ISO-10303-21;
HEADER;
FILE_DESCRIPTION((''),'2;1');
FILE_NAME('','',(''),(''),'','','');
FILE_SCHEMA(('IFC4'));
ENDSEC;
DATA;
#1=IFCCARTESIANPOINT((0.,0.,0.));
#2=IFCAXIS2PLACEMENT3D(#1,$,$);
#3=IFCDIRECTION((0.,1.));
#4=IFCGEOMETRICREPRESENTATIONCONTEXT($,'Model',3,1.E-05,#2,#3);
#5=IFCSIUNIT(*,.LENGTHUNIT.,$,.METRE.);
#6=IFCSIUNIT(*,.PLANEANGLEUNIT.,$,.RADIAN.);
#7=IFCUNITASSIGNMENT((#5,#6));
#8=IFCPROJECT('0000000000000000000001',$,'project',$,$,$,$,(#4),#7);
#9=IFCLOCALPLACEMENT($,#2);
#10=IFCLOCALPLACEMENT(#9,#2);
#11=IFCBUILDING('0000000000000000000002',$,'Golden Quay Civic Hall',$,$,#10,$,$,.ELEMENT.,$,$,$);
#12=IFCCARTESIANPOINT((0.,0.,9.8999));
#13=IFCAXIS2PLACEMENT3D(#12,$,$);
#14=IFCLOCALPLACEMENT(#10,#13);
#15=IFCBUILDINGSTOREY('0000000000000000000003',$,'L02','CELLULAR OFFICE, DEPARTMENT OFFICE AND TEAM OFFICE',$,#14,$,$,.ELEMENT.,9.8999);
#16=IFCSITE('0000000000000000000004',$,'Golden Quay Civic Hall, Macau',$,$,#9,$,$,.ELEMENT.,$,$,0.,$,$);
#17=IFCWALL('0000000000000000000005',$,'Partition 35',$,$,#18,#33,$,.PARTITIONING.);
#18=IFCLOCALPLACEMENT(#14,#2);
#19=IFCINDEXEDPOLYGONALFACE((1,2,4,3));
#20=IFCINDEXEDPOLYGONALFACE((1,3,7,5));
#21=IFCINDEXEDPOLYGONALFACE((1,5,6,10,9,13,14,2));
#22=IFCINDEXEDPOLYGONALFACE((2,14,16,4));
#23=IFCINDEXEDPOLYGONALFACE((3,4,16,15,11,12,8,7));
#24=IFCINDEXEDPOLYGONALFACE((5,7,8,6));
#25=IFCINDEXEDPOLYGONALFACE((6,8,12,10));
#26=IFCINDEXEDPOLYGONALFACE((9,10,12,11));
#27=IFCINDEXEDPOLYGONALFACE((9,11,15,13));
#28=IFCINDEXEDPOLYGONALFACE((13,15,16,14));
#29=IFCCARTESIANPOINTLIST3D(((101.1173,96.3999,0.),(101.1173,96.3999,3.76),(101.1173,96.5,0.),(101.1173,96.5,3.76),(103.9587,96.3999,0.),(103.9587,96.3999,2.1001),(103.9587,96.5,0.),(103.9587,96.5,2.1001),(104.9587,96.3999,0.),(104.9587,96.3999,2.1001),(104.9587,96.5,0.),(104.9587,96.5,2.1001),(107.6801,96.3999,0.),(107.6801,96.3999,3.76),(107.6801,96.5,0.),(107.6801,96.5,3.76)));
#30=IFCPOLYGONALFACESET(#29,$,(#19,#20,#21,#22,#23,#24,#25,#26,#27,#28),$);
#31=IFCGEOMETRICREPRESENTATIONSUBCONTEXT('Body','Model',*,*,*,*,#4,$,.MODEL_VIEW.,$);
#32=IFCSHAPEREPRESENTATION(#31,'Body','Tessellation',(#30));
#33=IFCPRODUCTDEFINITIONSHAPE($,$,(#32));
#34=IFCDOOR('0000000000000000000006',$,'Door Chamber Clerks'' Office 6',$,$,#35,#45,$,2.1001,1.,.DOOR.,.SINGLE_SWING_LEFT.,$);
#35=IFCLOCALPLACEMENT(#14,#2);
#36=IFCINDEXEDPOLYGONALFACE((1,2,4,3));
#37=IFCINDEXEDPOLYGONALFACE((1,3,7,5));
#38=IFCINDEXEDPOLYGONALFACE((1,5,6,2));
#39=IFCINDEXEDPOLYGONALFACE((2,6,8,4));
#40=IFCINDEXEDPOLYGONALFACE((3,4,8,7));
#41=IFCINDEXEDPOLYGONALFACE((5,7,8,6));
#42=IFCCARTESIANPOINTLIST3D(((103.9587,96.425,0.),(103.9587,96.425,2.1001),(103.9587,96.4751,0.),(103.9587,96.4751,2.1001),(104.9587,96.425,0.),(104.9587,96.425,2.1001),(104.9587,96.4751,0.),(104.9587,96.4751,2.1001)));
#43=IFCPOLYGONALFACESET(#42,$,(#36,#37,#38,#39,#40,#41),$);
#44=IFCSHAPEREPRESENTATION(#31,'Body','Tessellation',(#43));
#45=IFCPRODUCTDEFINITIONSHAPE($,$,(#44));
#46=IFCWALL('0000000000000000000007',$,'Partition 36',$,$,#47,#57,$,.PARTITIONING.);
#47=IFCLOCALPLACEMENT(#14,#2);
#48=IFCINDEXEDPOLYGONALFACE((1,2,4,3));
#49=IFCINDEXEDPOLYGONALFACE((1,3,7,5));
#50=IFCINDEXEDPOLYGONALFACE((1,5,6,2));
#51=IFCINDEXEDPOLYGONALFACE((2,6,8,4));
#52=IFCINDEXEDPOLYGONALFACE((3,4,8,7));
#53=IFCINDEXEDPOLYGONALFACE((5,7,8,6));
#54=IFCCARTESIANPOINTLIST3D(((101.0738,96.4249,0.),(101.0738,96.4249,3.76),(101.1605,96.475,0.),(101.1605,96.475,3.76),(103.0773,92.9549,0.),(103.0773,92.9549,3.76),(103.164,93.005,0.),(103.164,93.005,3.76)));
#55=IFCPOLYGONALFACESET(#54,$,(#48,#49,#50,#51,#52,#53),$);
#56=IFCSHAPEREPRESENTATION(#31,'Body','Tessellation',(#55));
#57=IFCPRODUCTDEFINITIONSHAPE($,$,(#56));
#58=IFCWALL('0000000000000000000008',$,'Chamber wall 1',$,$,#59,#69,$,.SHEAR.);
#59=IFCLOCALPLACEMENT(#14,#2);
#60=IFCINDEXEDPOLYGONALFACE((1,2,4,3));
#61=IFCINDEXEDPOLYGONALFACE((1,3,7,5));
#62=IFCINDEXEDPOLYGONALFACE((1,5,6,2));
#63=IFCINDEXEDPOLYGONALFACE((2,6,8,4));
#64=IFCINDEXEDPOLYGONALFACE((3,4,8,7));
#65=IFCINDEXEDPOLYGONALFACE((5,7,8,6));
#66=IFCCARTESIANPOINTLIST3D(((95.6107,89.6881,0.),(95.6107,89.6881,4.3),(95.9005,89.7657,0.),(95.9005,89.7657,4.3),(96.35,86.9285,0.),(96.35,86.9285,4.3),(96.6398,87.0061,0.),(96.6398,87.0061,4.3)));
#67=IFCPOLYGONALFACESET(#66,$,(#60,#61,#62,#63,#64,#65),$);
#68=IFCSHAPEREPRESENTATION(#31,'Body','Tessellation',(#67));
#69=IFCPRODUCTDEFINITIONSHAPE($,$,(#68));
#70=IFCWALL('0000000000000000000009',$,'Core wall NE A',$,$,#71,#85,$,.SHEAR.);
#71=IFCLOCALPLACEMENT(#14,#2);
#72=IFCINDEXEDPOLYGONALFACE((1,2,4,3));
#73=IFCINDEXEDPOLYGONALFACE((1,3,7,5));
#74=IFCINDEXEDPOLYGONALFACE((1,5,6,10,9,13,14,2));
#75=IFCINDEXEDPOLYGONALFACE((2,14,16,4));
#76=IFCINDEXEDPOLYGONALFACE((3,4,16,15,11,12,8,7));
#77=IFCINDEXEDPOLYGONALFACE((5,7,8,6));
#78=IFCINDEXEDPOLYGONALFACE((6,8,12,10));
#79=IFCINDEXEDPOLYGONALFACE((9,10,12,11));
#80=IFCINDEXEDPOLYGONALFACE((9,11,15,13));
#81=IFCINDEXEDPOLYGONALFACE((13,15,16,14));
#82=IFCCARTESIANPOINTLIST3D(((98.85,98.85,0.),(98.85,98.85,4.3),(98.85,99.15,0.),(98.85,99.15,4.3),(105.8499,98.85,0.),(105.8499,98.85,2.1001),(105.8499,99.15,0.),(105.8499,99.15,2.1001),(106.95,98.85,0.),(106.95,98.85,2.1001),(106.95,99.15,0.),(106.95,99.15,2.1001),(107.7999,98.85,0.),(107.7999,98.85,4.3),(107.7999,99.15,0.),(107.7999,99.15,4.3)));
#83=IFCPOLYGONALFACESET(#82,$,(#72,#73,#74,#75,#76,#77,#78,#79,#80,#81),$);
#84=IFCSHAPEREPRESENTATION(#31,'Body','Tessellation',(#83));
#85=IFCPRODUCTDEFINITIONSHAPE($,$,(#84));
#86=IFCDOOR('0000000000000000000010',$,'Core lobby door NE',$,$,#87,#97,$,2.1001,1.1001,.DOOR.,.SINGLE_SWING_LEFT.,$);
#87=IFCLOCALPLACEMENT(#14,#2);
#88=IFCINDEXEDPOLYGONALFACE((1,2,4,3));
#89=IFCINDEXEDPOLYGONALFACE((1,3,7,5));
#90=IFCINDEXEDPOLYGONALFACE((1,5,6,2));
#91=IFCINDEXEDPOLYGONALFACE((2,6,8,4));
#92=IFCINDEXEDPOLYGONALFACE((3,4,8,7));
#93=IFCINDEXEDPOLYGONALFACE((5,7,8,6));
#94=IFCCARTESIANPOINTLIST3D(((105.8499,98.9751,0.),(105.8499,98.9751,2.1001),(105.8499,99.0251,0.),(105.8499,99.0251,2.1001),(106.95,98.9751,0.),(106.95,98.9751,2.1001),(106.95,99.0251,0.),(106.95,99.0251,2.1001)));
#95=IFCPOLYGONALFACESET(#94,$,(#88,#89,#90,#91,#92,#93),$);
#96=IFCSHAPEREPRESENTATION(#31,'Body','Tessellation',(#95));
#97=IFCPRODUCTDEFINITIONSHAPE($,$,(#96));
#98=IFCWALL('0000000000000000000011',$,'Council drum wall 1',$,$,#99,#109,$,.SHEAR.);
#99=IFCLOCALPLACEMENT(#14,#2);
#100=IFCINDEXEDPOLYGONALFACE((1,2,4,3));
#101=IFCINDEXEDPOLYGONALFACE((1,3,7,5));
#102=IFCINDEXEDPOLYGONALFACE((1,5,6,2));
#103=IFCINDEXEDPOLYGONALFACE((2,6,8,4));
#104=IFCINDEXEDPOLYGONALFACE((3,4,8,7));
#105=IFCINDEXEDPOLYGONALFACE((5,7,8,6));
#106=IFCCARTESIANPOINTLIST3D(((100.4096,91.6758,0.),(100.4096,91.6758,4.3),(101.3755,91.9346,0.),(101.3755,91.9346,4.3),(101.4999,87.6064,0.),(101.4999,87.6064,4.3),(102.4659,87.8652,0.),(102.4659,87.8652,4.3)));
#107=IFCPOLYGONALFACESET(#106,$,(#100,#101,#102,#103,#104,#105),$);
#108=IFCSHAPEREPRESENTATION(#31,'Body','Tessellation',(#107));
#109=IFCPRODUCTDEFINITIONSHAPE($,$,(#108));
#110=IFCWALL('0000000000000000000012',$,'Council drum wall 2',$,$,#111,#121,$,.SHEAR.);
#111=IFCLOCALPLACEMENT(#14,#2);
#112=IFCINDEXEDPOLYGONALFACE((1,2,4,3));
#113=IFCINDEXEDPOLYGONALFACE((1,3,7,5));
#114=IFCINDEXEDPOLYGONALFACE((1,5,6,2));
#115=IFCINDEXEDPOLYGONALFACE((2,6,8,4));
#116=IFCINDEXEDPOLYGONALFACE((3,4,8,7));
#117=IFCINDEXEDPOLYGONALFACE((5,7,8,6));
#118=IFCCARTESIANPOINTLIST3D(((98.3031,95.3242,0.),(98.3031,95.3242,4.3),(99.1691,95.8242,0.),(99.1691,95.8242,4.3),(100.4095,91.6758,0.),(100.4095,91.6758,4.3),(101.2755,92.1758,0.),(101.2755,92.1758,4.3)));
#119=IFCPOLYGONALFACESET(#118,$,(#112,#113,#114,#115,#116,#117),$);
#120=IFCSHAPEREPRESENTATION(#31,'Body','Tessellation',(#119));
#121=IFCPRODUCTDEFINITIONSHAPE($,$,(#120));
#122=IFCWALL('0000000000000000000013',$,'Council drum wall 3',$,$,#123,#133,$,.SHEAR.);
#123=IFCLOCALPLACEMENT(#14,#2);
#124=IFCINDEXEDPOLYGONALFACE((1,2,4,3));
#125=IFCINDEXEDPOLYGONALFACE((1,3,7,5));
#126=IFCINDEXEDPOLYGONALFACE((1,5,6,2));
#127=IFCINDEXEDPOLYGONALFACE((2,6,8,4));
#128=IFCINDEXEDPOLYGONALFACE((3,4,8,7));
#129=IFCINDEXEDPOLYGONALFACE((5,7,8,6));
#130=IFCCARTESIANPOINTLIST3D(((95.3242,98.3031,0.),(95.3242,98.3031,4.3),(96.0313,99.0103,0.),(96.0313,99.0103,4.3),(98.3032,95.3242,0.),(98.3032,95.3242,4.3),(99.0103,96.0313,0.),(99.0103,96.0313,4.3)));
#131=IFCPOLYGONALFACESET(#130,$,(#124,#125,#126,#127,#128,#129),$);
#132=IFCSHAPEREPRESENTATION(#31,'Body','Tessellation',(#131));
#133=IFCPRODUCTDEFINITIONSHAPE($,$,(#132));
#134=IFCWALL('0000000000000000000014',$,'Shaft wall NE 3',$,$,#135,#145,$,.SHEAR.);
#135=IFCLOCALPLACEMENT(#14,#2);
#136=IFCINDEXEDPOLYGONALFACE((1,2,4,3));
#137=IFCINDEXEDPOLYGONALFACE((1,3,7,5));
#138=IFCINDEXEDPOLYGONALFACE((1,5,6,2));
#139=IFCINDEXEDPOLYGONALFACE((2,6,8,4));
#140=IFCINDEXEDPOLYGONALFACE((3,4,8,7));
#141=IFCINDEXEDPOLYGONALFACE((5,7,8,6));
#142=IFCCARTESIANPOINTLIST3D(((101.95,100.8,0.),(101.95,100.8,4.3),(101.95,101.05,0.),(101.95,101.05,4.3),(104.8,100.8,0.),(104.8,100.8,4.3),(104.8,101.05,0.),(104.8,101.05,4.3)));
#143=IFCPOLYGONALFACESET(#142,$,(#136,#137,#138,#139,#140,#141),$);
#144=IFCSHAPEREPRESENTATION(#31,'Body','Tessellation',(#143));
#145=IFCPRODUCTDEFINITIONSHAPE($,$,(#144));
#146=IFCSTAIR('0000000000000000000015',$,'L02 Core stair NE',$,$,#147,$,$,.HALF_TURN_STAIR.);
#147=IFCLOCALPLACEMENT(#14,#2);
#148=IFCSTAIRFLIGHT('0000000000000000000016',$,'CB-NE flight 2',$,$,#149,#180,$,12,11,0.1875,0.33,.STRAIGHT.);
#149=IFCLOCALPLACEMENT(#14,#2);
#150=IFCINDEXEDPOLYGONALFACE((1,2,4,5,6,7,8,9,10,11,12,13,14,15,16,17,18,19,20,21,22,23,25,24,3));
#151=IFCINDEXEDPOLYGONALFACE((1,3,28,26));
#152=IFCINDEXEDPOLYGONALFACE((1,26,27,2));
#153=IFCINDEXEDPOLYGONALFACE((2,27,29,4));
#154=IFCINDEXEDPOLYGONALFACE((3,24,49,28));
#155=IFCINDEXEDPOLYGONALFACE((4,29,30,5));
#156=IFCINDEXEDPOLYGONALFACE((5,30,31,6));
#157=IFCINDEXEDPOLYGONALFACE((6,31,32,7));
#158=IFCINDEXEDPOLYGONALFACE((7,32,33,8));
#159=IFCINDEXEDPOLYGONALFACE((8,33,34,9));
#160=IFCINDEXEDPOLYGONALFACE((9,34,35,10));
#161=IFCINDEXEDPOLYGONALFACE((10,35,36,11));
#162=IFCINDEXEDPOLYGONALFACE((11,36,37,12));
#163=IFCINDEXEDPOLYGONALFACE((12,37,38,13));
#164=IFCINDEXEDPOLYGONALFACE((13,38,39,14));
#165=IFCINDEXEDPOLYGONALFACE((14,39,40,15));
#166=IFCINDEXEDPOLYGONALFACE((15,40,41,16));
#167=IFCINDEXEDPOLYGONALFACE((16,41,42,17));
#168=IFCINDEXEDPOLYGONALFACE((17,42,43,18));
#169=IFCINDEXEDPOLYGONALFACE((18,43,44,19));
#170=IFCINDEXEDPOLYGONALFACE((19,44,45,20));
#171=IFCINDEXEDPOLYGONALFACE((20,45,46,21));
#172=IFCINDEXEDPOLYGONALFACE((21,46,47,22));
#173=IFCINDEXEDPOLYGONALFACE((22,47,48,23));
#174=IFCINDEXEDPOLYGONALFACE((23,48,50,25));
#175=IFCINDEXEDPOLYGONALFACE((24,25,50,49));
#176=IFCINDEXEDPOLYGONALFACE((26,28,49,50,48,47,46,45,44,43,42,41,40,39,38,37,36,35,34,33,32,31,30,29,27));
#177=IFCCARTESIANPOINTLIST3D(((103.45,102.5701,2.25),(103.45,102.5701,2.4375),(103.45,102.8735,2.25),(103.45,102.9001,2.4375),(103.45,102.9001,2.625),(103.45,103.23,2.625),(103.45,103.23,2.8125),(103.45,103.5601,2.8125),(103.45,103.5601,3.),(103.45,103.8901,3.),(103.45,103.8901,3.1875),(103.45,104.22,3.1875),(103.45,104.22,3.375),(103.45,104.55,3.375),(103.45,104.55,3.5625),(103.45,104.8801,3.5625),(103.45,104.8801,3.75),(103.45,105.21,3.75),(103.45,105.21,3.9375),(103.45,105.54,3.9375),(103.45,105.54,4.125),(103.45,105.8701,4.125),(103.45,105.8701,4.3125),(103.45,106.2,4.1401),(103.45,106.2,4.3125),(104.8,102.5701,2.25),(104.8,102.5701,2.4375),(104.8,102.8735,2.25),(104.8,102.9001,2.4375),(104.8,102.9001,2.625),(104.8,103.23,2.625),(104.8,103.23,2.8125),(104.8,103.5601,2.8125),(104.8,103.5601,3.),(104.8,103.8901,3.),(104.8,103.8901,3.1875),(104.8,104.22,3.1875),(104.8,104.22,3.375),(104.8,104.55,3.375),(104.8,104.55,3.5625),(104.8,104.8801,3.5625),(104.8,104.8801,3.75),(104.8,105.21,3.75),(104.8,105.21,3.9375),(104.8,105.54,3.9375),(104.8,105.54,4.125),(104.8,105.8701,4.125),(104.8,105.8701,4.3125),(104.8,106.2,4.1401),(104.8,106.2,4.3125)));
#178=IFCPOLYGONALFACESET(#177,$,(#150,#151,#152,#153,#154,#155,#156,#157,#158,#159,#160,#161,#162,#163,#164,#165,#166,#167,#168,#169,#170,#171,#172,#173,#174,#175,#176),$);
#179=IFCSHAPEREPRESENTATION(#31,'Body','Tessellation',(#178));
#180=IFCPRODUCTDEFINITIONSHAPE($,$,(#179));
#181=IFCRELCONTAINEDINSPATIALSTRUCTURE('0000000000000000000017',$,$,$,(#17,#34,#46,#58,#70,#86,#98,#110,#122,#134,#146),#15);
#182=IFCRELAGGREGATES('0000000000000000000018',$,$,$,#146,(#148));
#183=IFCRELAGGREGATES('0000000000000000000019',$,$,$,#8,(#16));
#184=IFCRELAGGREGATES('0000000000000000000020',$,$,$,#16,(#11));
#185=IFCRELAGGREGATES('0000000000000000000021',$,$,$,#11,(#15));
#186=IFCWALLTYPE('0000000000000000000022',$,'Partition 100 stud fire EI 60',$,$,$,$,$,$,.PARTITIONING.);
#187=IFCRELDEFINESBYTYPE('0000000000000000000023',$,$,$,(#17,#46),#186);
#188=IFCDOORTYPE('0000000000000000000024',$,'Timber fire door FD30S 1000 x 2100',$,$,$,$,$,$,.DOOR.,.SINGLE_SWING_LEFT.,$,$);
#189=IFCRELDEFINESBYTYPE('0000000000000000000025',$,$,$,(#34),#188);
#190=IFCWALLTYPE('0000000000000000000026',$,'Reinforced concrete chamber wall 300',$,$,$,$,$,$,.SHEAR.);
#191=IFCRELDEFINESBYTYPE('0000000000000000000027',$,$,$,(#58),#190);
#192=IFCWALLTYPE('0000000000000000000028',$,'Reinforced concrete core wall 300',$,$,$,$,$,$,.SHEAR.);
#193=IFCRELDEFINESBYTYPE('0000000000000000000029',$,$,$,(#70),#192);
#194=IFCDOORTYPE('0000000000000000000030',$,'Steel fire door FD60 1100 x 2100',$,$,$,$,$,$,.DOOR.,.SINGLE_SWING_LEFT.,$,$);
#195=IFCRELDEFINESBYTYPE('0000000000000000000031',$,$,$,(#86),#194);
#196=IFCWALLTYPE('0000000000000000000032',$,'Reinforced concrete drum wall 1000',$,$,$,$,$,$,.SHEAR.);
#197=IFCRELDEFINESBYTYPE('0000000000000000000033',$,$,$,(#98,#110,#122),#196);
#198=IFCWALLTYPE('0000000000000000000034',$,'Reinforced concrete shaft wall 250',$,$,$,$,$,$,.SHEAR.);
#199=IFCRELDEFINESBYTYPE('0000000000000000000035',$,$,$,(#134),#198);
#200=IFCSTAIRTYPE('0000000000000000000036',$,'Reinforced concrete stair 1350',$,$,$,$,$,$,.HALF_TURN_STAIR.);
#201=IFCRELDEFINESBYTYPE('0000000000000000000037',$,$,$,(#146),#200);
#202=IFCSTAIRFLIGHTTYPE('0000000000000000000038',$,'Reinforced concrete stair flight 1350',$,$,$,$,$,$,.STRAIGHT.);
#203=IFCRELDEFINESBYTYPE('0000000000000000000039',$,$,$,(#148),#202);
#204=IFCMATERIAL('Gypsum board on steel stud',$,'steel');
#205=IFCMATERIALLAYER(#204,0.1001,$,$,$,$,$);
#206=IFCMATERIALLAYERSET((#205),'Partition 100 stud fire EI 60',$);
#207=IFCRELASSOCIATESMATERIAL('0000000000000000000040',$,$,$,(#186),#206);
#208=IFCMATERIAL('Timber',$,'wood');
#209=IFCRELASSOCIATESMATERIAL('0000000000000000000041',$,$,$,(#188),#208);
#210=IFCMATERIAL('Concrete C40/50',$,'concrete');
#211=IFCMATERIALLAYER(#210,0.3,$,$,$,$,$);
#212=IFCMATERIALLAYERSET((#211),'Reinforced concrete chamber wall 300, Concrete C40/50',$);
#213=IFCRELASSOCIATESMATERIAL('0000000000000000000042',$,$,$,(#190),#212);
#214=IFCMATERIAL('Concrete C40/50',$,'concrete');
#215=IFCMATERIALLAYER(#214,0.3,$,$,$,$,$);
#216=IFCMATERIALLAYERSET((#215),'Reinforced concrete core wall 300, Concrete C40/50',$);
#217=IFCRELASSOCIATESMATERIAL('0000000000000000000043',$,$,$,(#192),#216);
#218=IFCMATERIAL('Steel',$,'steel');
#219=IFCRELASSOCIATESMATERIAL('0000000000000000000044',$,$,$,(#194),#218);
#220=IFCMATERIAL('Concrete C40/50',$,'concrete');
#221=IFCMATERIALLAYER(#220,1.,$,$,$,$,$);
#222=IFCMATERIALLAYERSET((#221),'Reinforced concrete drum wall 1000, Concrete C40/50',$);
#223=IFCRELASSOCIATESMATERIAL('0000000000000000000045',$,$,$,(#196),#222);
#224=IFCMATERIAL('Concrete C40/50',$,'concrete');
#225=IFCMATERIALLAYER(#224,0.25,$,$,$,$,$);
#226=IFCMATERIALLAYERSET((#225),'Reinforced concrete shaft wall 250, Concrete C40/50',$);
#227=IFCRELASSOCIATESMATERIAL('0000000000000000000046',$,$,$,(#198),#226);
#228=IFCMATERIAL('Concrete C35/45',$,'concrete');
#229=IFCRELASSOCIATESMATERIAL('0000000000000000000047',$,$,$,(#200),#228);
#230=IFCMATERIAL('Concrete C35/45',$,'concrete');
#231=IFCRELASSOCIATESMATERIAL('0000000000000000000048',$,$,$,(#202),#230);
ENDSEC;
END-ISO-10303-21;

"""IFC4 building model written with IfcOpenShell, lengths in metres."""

from ifc_helpers import new_model, si_unit, direction, frame, frame_2d, origin, place, context, subcontext, project, spatial, polyline, rectangle, outline, extrude, material, layer, layer_set, type_object, element, fill, aggregate, save


model = new_model("IFC4")

# Units and contexts
model_context = context("Model", 3, precision=1e-05, world=origin(), true_north=direction((0.0, 1.0)))
body_context = subcontext(model_context, "Body", "Model", "MODEL_VIEW")
ifc_project = project(units=[si_unit("LENGTHUNIT", "METRE"), si_unit("PLANEANGLEUNIT", "RADIAN")], contexts=[model_context])

# Site, building, storey
site_placement = place(None, origin())
site = spatial("IfcSite", under=ifc_project, at=site_placement, Name="Golden Quay Civic Hall, Macau", CompositionType="ELEMENT", RefElevation=0.0)
building_placement = place(site_placement, origin())
building = spatial("IfcBuilding", under=site, at=building_placement, Name="Golden Quay Civic Hall", CompositionType="ELEMENT")
storey_placement = place(building_placement, frame((0.0, 0.0, 9.8999)))
storey = spatial("IfcBuildingStorey", under=building, at=storey_placement, Name="L02", Description="CELLULAR OFFICE, DEPARTMENT OFFICE AND TEAM OFFICE", CompositionType="ELEMENT", Elevation=9.8999)

# Shared definitions
ifc_material_1 = material(Name="Gypsum board on steel stud", Category="steel")
ifc_layer_1 = layer(ifc_material_1, 0.1001)
ifc_layer_set_1 = layer_set([ifc_layer_1], Name="Partition 100 stud fire EI 60")
wall_type_1 = type_object("IfcWallType", Name="Partition 100 stud fire EI 60", PredefinedType="PARTITIONING", material=ifc_layer_set_1)
ifc_material_2 = material(Name="Timber", Category="wood")
door_type_1 = type_object("IfcDoorType", Name="Timber fire door FD30S 1000 x 2100", OperationType="SINGLE_SWING_LEFT", PredefinedType="DOOR", material=ifc_material_2)

# Wall, opening, door
wall_1_placement = place(storey_placement, frame((107.6799, 96.45, 0.0), z_axis=(0.0, 0.0, 1.0), x_axis=(-1.0, 0.0, 0.0)))
wall_1 = element("IfcWall", 1, at=wall_1_placement, inside=storey, type_object=wall_type_1, Name="Partition 35", PredefinedType="PARTITIONING", context=body_context, shape_type="SweptSolid", body=[
    extrude(rectangle(XDim=6.5627, YDim=0.1001, at=frame_2d((3.2812, 0.0))), origin(), (0.0, 0.0, 1.0), 3.76),
])
opening_1_placement = place(wall_1_placement, frame((2.7212, 0.0, 0.0)))
opening_1 = element("IfcOpeningElement", 2, at=opening_1_placement, cuts=wall_1, PredefinedType="OPENING", context=body_context, shape_type="SweptSolid", body=[
    extrude(rectangle(XDim=1.0, YDim=2.1001, at=frame_2d((0.5, 1.05))), frame((0.0, 0.0601, 0.0), z_axis=(0.0, -1.0, 0.0), x_axis=(1.0, 0.0, 0.0)), (0.0, 0.0, 1.0), 0.1201),
])
door_1_placement = place(opening_1_placement, origin())
door_1 = element("IfcDoor", 3, at=door_1_placement, inside=storey, type_object=door_type_1, Name="Door Chamber Clerks' Office 6", OperationType="SINGLE_SWING_LEFT", OverallHeight=2.1001, OverallWidth=1.0, PredefinedType="DOOR", context=body_context, shape_type="SweptSolid", body=[
    extrude(rectangle(XDim=1.0, YDim=2.1001, at=frame_2d((0.5, 1.05))), frame((0.0, 0.0249, 0.0), z_axis=(0.0, -1.0, 0.0), x_axis=(1.0, 0.0, 0.0)), (0.0, 0.0, 1.0), 0.05),
])
fill(opening_1, door_1)

# Walls
wall_2_placement = place(storey_placement, frame((101.1172, 96.45, 0.0), z_axis=(0.0, 0.0, 1.0), x_axis=(0.500006, -0.866022, 0.0)))
element("IfcWall", 4, at=wall_2_placement, inside=storey, type_object=wall_type_1, Name="Partition 36", PredefinedType="PARTITIONING", context=body_context, shape_type="SweptSolid", body=[
    extrude(rectangle(XDim=4.0068, YDim=0.1001, at=frame_2d((2.0034, 0.0))), origin(), (0.0, 0.0, 1.0), 3.76),
])
ifc_material_3 = material(Name="Concrete C40/50", Category="concrete")
ifc_layer_2 = layer(ifc_material_3, 0.3)
ifc_layer_set_2 = layer_set([ifc_layer_2], Name="Reinforced concrete chamber wall 300, Concrete C40/50")
wall_type_2 = type_object("IfcWallType", Name="Reinforced concrete chamber wall 300", PredefinedType="SHEAR", material=ifc_layer_set_2)
wall_3_placement = place(storey_placement, frame((96.4949, 86.9673, 0.0), z_axis=(0.0, 0.0, 1.0), x_axis=(-0.258769, 0.965939, 0.0)))
element("IfcWall", 5, at=wall_3_placement, inside=storey, type_object=wall_type_2, Name="Chamber wall 1", PredefinedType="SHEAR", context=body_context, shape_type="SweptSolid", body=[
    extrude(rectangle(XDim=2.8569, YDim=0.3, at=frame_2d((1.4285, 0.0))), origin(), (0.0, 0.0, 1.0), 4.3),
])

# Wall, opening, door
ifc_material_4 = material(Name="Concrete C40/50", Category="concrete")
ifc_layer_3 = layer(ifc_material_4, 0.3)
ifc_layer_set_3 = layer_set([ifc_layer_3], Name="Reinforced concrete core wall 300, Concrete C40/50")
wall_type_3 = type_object("IfcWallType", Name="Reinforced concrete core wall 300", PredefinedType="SHEAR", material=ifc_layer_set_3)
wall_4_placement = place(storey_placement, frame((107.8, 99.0, 0.0), z_axis=(0.0, 0.0, 1.0), x_axis=(-1.0, 0.0, 0.0)))
wall_4 = element("IfcWall", 6, at=wall_4_placement, inside=storey, type_object=wall_type_3, Name="Core wall NE A", PredefinedType="SHEAR", context=body_context, shape_type="SweptSolid", body=[
    extrude(rectangle(XDim=8.95, YDim=0.3, at=frame_2d((4.4751, 0.0))), origin(), (0.0, 0.0, 1.0), 4.3),
])
opening_2_placement = place(wall_4_placement, frame((0.8501, 0.0, 0.0)))
opening_2 = element("IfcOpeningElement", 7, at=opening_2_placement, cuts=wall_4, PredefinedType="OPENING", context=body_context, shape_type="SweptSolid", body=[
    extrude(rectangle(XDim=1.1001, YDim=2.1001, at=frame_2d((0.55, 1.05))), frame((0.0, 0.1599, 0.0), z_axis=(0.0, -1.0, 0.0), x_axis=(1.0, 0.0, 0.0)), (0.0, 0.0, 1.0), 0.3201),
])
ifc_material_5 = material(Name="Steel", Category="steel")
door_type_2 = type_object("IfcDoorType", Name="Steel fire door FD60 1100 x 2100", OperationType="SINGLE_SWING_LEFT", PredefinedType="DOOR", material=ifc_material_5)
door_2_placement = place(opening_2_placement, origin())
door_2 = element("IfcDoor", 8, at=door_2_placement, inside=storey, type_object=door_type_2, Name="Core lobby door NE", OperationType="SINGLE_SWING_LEFT", OverallHeight=2.1001, OverallWidth=1.1001, PredefinedType="DOOR", context=body_context, shape_type="SweptSolid", body=[
    extrude(rectangle(XDim=1.1001, YDim=2.1001, at=frame_2d((0.55, 1.05))), frame((0.0, 0.0249, 0.0), z_axis=(0.0, -1.0, 0.0), x_axis=(1.0, 0.0, 0.0)), (0.0, 0.0, 1.0), 0.05),
])
fill(opening_2, door_2)

# Walls
ifc_material_6 = material(Name="Concrete C40/50", Category="concrete")
ifc_layer_4 = layer(ifc_material_6, 1.0)
ifc_layer_set_4 = layer_set([ifc_layer_4], Name="Reinforced concrete drum wall 1000, Concrete C40/50")
wall_type_4 = type_object("IfcWallType", Name="Reinforced concrete drum wall 1000", PredefinedType="SHEAR", material=ifc_layer_set_4)
for number, where, z_axis, x_axis, name in (
    (9, (101.9829, 87.7358, 0.0), (0.0, 0.0, 1.0), (-0.258809, 0.965928, 0.0), "Council drum wall 1"),
    (10, (100.8425, 91.9258, 0.0), (0.0, 0.0, 1.0), (-0.500003, 0.866023, 0.0), "Council drum wall 2"),
    (11, (98.6567, 95.6777, 0.0), (0.0, 0.0, 1.0), (-0.707107, 0.707107, 0.0), "Council drum wall 3"),
):
    element("IfcWall", number, at=place(storey_placement, frame(where, z_axis=z_axis, x_axis=x_axis)), inside=storey, type_object=wall_type_4, Name=name, PredefinedType="SHEAR", context=body_context, shape_type="SweptSolid", body=[
        extrude(rectangle(XDim=4.2129, YDim=1.0, at=frame_2d((2.1064, 0.0))), origin(), (0.0, 0.0, 1.0), 4.3),
    ])
ifc_material_7 = material(Name="Concrete C40/50", Category="concrete")
ifc_layer_5 = layer(ifc_material_7, 0.25)
ifc_layer_set_5 = layer_set([ifc_layer_5], Name="Reinforced concrete shaft wall 250, Concrete C40/50")
wall_type_5 = type_object("IfcWallType", Name="Reinforced concrete shaft wall 250", PredefinedType="SHEAR", material=ifc_layer_set_5)
wall_5_placement = place(storey_placement, frame((104.8, 100.925, 0.0), z_axis=(0.0, 0.0, 1.0), x_axis=(-1.0, 0.0, 0.0)))
element("IfcWall", 12, at=wall_5_placement, inside=storey, type_object=wall_type_5, Name="Shaft wall NE 3", PredefinedType="SHEAR", context=body_context, shape_type="SweptSolid", body=[
    extrude(rectangle(XDim=2.8501, YDim=0.25, at=frame_2d((1.425, 0.0))), origin(), (0.0, 0.0, 1.0), 4.3),
])

# Stair, stair flight
ifc_material_8 = material(Name="Concrete C35/45", Category="concrete")
stair_type = type_object("IfcStairType", Name="Reinforced concrete stair 1350", PredefinedType="HALF_TURN_STAIR", material=ifc_material_8)
stair_placement = place(storey_placement, origin())
stair = element("IfcStair", 13, at=stair_placement, inside=storey, type_object=stair_type, Name="L02 Core stair NE", PredefinedType="HALF_TURN_STAIR")
ifc_material_9 = material(Name="Concrete C35/45", Category="concrete")
stair_flight_type = type_object("IfcStairFlightType", Name="Reinforced concrete stair flight 1350", PredefinedType="STRAIGHT", material=ifc_material_9)
stair_flight_placement = place(storey_placement, frame((104.125, 102.5701, 2.25), z_axis=(0.0, 0.0, 1.0), x_axis=(0.0, 1.0, 0.0)))
stair_flight = element("IfcStairFlight", 14, at=stair_flight_placement, type_object=stair_flight_type, Name="CB-NE flight 2", NumberOfRisers=12, NumberOfTreads=11, PredefinedType="STRAIGHT", RiserHeight=0.1875, TreadLength=0.33, context=body_context, shape_type="SweptSolid", body=[
    extrude(outline(polyline([(0.0, 0.0), (0.0, 0.1875), (0.3301, 0.1875), (0.3301, 0.375), (0.6599, 0.375), (0.6599, 0.5625), (0.99, 0.5625), (0.99, 0.75), (1.3201, 0.75), (1.3201, 0.9375), (1.6499, 0.9375), (1.6499, 1.125), (1.98, 1.125), (1.98, 1.3125), (2.3101, 1.3125), (2.3101, 1.5), (2.6399, 1.5), (2.6399, 1.6875), (2.97, 1.6875), (2.97, 1.875), (3.3, 1.875), (3.3, 2.0625), (3.6299, 2.0625), (3.6299, 2.25), (3.6299, 1.8901), (0.3035, 0.0), (0.0, 0.0)])), frame((0.0, 0.675, 0.0), z_axis=(0.0, -1.0, 0.0), x_axis=(1.0, 0.0, 0.0)), (0.0, 0.0, 1.0), 1.35),
])
aggregate(stair, [stair_flight])

save(model, "model.ifc")
